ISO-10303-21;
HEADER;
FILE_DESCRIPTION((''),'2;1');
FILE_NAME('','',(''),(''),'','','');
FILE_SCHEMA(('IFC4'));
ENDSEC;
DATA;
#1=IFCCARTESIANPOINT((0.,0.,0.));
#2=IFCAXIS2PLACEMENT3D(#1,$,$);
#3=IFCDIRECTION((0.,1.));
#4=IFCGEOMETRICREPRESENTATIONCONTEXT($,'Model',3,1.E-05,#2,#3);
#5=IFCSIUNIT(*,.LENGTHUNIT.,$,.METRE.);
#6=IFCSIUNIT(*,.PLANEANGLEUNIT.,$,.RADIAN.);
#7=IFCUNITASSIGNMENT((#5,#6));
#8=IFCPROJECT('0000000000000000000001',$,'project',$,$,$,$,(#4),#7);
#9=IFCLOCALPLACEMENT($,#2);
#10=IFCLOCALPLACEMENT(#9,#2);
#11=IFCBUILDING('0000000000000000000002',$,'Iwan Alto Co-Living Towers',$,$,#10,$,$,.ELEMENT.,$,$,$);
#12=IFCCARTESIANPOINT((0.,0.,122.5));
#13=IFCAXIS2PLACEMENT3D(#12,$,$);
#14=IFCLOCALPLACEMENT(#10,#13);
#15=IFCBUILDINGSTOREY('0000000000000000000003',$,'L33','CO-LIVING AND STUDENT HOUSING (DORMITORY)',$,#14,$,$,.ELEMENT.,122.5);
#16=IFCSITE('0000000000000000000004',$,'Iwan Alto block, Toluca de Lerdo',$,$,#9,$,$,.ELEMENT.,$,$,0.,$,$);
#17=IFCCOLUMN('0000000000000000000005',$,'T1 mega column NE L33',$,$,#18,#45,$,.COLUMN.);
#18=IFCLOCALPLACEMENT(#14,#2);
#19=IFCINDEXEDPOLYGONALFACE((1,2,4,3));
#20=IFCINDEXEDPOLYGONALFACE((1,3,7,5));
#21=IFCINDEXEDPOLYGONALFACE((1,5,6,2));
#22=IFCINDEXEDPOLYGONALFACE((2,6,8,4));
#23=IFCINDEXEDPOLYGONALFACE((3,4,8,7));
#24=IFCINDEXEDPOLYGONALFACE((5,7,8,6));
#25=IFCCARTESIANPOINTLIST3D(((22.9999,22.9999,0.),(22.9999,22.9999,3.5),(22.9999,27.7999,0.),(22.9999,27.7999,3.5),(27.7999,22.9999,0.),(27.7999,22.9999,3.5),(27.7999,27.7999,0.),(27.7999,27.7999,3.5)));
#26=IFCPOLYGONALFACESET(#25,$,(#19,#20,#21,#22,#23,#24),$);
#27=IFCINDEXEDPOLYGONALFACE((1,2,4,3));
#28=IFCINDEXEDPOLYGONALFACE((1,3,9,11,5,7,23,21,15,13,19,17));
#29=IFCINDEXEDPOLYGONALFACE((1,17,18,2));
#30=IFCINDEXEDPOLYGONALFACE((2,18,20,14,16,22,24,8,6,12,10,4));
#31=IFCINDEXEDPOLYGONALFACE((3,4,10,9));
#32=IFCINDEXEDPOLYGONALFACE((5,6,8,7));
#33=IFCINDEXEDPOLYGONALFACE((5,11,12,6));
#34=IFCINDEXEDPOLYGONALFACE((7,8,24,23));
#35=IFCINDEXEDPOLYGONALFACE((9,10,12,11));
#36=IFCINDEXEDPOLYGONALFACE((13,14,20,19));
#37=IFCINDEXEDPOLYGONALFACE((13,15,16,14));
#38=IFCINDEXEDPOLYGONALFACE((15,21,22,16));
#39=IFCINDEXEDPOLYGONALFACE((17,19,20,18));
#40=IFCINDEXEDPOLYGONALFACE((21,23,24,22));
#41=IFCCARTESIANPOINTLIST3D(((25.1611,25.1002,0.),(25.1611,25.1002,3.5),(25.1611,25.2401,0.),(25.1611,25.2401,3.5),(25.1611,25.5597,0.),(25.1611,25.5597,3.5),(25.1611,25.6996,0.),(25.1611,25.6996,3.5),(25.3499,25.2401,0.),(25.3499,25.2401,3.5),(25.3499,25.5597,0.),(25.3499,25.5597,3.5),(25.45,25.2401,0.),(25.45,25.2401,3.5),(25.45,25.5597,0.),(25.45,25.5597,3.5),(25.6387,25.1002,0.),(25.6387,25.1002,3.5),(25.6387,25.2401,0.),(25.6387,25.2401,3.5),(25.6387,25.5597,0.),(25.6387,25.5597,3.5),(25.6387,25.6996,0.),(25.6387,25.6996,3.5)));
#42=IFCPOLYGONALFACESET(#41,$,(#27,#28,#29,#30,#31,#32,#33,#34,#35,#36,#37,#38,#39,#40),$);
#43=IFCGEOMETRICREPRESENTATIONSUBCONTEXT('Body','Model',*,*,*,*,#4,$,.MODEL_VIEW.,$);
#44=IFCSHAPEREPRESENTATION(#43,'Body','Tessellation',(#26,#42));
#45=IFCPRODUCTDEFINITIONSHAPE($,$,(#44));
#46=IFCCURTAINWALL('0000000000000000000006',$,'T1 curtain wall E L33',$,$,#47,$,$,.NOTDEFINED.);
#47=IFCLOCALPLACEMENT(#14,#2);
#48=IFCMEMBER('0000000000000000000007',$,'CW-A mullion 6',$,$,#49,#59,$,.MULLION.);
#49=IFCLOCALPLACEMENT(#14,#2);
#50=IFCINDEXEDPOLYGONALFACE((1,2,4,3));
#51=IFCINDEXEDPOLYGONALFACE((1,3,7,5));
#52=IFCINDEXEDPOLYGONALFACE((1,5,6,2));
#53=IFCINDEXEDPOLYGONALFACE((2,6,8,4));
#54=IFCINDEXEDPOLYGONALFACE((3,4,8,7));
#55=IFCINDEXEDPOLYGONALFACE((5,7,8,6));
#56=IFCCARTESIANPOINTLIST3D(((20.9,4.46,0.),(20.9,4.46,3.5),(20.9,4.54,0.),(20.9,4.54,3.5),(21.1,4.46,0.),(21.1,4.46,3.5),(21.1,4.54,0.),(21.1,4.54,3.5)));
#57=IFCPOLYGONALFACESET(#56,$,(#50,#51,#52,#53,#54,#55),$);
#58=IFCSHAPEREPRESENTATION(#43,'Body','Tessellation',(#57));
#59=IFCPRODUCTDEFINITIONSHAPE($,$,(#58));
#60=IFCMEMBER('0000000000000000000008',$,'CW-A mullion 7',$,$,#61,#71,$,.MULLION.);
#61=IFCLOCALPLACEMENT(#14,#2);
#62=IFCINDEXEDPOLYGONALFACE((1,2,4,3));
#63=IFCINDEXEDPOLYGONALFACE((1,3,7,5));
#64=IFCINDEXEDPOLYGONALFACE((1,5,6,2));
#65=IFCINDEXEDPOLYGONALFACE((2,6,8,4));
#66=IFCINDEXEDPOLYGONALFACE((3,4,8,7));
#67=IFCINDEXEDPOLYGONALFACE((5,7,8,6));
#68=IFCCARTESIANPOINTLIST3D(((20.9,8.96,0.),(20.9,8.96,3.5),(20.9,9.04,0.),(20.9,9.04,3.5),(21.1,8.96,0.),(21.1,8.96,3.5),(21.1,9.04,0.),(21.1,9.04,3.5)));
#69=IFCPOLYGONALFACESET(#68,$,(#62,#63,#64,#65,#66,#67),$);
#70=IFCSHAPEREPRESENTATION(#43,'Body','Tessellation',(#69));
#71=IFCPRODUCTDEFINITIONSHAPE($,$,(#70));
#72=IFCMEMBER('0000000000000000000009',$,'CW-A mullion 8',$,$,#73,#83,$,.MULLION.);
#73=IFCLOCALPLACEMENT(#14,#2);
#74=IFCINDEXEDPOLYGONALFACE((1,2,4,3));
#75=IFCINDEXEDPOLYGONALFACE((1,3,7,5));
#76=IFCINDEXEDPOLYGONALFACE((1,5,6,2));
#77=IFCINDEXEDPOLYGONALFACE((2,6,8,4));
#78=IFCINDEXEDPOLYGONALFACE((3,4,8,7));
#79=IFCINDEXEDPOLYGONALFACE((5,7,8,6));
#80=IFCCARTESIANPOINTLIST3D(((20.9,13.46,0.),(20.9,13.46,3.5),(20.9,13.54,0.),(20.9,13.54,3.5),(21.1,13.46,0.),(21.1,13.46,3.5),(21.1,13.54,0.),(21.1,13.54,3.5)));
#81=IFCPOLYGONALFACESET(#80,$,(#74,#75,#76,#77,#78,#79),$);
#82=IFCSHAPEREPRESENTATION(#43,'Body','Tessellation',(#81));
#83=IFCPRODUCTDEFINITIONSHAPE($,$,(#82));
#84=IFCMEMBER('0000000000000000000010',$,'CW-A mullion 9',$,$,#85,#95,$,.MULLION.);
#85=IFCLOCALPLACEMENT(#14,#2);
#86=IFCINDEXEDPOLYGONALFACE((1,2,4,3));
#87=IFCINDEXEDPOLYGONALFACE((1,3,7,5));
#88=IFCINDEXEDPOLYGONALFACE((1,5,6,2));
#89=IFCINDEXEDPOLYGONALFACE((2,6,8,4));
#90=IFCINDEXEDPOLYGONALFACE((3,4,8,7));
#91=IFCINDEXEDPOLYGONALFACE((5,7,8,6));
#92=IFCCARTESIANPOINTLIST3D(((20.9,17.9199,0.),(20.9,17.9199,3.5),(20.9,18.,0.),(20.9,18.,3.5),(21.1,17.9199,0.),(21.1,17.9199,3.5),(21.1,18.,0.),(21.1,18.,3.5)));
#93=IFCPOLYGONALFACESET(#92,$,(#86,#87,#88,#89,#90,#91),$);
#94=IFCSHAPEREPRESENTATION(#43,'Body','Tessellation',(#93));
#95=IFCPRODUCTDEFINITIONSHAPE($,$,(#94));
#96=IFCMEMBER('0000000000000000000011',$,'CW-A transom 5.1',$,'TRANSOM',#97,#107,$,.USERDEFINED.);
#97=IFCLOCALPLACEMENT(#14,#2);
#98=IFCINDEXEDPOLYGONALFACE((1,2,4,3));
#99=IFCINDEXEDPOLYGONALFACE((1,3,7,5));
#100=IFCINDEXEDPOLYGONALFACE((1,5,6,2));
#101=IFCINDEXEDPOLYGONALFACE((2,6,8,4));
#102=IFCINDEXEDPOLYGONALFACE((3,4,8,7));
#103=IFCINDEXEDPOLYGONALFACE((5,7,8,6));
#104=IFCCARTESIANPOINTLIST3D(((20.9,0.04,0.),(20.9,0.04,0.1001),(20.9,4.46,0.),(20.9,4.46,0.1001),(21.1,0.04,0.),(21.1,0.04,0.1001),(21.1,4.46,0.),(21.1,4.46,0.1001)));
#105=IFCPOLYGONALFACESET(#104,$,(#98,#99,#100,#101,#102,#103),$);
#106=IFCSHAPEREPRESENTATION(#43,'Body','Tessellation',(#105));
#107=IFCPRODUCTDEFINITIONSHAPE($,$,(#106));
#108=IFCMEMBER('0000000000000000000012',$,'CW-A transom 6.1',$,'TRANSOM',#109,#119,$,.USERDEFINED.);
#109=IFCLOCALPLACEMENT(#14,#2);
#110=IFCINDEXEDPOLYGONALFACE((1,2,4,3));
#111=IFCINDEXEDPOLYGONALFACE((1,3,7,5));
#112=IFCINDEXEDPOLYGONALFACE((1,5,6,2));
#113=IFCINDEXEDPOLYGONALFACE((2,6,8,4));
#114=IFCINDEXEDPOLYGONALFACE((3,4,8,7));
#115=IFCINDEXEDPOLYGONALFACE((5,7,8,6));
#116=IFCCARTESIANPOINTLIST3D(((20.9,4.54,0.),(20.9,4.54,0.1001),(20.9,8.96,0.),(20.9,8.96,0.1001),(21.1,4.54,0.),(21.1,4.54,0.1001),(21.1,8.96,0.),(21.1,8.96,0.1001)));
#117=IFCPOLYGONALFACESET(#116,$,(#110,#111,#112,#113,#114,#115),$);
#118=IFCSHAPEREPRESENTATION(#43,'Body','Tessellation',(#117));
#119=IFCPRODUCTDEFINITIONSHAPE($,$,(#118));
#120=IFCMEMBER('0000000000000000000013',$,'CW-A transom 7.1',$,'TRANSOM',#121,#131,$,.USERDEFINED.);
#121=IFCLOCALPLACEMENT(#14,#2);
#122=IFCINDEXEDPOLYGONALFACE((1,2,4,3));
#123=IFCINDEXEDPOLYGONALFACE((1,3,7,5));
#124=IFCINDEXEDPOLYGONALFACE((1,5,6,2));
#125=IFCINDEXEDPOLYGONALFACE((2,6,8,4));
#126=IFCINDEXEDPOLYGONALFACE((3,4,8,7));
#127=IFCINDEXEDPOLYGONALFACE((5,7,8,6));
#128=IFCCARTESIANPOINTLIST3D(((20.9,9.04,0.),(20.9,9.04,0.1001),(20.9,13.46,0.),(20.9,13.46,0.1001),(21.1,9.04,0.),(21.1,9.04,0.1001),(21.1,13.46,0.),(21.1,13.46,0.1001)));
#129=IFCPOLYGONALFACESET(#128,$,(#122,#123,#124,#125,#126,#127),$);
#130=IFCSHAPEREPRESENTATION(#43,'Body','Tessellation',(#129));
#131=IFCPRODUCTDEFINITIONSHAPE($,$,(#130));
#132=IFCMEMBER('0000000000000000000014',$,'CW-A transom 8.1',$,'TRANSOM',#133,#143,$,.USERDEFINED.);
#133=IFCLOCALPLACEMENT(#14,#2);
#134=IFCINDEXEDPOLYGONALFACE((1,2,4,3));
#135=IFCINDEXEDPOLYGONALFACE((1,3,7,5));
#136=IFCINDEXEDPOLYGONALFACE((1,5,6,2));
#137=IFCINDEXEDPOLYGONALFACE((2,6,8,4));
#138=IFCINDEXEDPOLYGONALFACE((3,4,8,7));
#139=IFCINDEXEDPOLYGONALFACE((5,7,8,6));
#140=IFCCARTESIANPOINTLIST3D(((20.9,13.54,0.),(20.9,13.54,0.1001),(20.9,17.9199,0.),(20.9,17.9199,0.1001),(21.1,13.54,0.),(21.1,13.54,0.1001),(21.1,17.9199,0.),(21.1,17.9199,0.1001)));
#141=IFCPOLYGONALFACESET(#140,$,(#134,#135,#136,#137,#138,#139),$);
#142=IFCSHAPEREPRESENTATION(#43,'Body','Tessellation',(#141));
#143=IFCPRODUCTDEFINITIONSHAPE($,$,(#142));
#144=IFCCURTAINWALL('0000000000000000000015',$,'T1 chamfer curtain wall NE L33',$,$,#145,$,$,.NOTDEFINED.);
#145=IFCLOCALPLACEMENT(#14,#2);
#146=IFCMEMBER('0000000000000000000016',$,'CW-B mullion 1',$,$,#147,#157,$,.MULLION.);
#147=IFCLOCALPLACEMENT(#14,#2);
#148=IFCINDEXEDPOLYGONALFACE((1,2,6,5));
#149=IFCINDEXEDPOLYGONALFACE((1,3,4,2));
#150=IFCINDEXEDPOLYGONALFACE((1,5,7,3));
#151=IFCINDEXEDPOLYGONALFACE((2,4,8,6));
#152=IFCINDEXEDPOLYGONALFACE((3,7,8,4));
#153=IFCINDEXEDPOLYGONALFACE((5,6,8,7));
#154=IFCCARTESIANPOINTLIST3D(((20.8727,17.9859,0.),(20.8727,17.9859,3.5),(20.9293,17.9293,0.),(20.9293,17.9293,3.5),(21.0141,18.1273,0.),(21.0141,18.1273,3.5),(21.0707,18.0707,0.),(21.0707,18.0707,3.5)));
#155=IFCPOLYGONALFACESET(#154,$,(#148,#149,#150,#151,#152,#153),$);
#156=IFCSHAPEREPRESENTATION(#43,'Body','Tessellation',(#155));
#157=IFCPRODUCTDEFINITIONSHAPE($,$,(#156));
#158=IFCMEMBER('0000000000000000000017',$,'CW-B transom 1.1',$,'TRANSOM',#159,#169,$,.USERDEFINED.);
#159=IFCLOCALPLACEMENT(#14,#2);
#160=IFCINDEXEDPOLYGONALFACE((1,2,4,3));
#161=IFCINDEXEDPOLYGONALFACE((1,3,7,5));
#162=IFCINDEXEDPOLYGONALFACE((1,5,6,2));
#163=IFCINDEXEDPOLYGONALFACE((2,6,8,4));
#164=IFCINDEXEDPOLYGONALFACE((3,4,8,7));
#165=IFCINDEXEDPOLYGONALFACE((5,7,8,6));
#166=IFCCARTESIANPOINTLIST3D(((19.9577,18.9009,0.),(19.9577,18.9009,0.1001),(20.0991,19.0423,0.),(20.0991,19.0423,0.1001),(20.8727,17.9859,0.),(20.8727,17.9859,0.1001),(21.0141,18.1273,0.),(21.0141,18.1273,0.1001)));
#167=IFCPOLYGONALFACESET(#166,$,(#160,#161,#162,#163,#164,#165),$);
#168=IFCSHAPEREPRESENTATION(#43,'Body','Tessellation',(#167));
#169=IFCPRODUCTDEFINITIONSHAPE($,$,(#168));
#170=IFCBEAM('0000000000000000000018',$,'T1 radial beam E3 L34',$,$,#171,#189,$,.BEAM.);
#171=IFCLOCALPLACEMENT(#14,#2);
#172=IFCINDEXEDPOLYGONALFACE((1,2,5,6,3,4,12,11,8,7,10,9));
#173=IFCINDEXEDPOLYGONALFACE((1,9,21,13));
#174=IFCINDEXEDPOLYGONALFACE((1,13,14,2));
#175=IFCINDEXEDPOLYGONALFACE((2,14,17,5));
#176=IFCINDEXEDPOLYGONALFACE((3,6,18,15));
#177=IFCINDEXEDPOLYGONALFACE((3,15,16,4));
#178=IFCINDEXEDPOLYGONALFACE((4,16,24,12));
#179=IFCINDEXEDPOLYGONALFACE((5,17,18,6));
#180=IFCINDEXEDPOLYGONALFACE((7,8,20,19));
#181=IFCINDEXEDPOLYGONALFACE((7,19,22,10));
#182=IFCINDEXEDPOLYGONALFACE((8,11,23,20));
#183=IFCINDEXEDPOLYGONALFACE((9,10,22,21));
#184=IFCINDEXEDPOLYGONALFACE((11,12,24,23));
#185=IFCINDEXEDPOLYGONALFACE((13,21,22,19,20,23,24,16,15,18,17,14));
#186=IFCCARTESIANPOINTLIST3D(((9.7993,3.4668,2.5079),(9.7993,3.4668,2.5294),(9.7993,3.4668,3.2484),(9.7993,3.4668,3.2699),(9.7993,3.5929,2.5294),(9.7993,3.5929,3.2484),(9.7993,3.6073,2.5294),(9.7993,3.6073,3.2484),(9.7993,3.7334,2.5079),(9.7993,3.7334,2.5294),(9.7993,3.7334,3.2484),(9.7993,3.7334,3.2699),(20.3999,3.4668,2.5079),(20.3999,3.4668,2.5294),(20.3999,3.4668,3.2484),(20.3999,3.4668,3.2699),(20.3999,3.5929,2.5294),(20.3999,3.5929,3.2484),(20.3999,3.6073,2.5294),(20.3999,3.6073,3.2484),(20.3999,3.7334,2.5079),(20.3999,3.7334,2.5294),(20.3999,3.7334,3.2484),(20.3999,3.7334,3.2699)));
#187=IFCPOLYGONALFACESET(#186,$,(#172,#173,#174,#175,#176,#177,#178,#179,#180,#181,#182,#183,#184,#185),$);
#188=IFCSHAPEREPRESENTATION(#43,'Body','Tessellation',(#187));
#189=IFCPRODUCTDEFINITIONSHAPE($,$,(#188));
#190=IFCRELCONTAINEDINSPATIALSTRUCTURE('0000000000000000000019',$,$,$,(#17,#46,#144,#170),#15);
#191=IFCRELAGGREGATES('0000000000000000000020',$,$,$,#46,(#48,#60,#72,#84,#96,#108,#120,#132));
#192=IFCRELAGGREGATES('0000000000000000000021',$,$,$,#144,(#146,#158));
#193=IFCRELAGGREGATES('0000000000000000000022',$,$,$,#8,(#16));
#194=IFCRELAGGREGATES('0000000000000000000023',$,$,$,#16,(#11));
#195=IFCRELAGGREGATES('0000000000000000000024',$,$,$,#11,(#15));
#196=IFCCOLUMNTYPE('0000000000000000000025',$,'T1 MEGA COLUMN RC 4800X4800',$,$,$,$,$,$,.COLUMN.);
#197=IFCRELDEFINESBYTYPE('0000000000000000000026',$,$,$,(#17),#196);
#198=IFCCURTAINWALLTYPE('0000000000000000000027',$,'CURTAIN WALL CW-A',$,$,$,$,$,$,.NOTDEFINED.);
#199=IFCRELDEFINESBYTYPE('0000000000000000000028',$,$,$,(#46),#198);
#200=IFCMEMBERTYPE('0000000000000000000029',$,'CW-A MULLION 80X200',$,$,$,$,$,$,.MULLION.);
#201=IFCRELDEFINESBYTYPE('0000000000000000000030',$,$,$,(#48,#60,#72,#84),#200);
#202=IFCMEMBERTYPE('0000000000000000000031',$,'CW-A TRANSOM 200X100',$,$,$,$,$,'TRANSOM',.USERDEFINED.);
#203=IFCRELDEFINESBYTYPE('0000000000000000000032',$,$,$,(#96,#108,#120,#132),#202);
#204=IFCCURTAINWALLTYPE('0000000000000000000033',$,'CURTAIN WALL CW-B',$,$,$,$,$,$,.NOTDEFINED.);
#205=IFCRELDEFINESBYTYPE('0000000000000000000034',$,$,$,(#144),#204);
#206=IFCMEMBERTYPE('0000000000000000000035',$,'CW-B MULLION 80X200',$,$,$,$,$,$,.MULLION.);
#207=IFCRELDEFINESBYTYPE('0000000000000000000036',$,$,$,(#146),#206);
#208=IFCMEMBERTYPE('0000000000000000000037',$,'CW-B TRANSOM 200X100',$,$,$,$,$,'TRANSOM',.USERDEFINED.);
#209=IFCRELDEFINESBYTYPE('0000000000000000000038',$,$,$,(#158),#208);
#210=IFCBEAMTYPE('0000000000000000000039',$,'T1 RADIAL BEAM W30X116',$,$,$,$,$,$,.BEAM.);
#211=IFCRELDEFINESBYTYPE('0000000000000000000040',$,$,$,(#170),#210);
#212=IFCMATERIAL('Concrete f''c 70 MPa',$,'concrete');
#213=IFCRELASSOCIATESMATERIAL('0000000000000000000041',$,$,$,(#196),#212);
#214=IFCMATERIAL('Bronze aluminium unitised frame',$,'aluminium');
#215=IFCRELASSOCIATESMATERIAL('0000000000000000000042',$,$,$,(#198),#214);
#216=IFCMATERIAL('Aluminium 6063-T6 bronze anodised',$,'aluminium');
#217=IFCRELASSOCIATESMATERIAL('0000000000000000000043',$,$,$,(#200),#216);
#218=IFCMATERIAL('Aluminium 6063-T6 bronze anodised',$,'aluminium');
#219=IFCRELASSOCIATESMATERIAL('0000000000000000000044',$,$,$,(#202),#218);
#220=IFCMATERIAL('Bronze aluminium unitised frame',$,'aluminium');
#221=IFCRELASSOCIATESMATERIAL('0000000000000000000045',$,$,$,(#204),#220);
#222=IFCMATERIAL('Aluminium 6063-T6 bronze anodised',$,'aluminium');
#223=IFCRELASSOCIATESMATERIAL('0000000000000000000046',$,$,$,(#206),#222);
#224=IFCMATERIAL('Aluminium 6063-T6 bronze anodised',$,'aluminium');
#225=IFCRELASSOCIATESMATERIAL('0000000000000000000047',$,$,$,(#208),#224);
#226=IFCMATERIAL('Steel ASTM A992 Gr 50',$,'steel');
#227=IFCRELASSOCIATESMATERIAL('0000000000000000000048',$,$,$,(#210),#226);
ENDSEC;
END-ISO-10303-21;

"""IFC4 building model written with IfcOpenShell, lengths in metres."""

from ifc_helpers import new_model, si_unit, direction, frame, origin, origin_2d, place, context, subcontext, project, spatial, rectangle, i_section, extrude, material, material_profile, profile_set, type_object, element, aggregate, save


model = new_model("IFC4")

# Units and contexts
model_context = context("Model", 3, precision=1e-05, world=origin(), true_north=direction((0.0, 1.0)))
body_context = subcontext(model_context, "Body", "Model", "MODEL_VIEW")
ifc_project = project(units=[si_unit("LENGTHUNIT", "METRE"), si_unit("PLANEANGLEUNIT", "RADIAN")], contexts=[model_context])

# Site, building, storey
site_placement = place(None, origin())
site = spatial("IfcSite", under=ifc_project, at=site_placement, Name="Iwan Alto block, Toluca de Lerdo", CompositionType="ELEMENT", RefElevation=0.0)
building_placement = place(site_placement, origin())
building = spatial("IfcBuilding", under=site, at=building_placement, Name="Iwan Alto Co-Living Towers", CompositionType="ELEMENT")
storey_placement = place(building_placement, frame((0.0, 0.0, 122.5)))
storey = spatial("IfcBuildingStorey", under=building, at=storey_placement, Name="L33", Description="CO-LIVING AND STUDENT HOUSING (DORMITORY)", CompositionType="ELEMENT", Elevation=122.5)

# Column
ifc_material_1 = material(Name="Concrete f'c 70 MPa", Category="concrete")
ifc_material_profile_1 = material_profile(ifc_material_1, rectangle(XDim=4.8, YDim=4.8, at=origin_2d()), Name="RC 4800X4800")
ifc_profile_set_1 = profile_set([ifc_material_profile_1], Name="Concrete f'c 70 MPa")
column_type = type_object("IfcColumnType", Name="T1 MEGA COLUMN RC 4800X4800", PredefinedType="COLUMN", material=ifc_profile_set_1)
column_placement = place(storey_placement, frame((25.3999, 25.3999, 0.0), z_axis=(0.0, 0.0, 1.0), x_axis=(1.0, 0.0, 0.0)))
element("IfcColumn", 1, at=column_placement, inside=storey, type_object=column_type, Name="T1 mega column NE L33", PredefinedType="COLUMN", context=body_context, shape_type="SweptSolid", body=[
    extrude(rectangle(XDim=4.8, YDim=4.8, at=origin_2d()), origin(), (0.0, 0.0, 1.0), 3.5),
    extrude(i_section(OverallWidth=0.4775, OverallDepth=0.5994, WebThickness=0.1001, FlangeThickness=0.1399, at=origin_2d()), origin(), (0.0, 0.0, 1.0), 3.5),
])

# Curtain walls, members
ifc_material_2 = material(Name="Bronze aluminium unitised frame", Category="aluminium")
curtain_wall_type_1 = type_object("IfcCurtainWallType", Name="CURTAIN WALL CW-A", PredefinedType="NOTDEFINED", material=ifc_material_2)
curtain_wall_1_placement = place(storey_placement, origin())
curtain_wall_1 = element("IfcCurtainWall", 2, at=curtain_wall_1_placement, inside=storey, type_object=curtain_wall_type_1, Name="T1 curtain wall E L33", PredefinedType="NOTDEFINED")
ifc_material_3 = material(Name="Aluminium 6063-T6 bronze anodised", Category="aluminium")
ifc_material_profile_2 = material_profile(ifc_material_3, rectangle(XDim=0.2, YDim=0.0801, at=origin_2d()), Name="AL 80X200")
ifc_profile_set_2 = profile_set([ifc_material_profile_2], Name="Aluminium 6063-T6 bronze anodised")
member_type_1 = type_object("IfcMemberType", Name="CW-A MULLION 80X200", PredefinedType="MULLION", material=ifc_profile_set_2)
member_1_placement = place(storey_placement, frame((21.0, 4.5, 0.0), z_axis=(0.0, 0.0, 1.0), x_axis=(-1.0, 0.0, 0.0)))
member_1 = element("IfcMember", 3, at=member_1_placement, type_object=member_type_1, Name="CW-A mullion 6", PredefinedType="MULLION", context=body_context, shape_type="SweptSolid", body=[
    extrude(rectangle(XDim=0.2, YDim=0.0801, at=origin_2d()), origin(), (0.0, 0.0, 1.0), 3.5),
])
member_2_placement = place(storey_placement, frame((21.0, 9.0, 0.0), z_axis=(0.0, 0.0, 1.0), x_axis=(-1.0, 0.0, 0.0)))
member_2 = element("IfcMember", 4, at=member_2_placement, type_object=member_type_1, Name="CW-A mullion 7", PredefinedType="MULLION", context=body_context, shape_type="SweptSolid", body=[
    extrude(rectangle(XDim=0.2, YDim=0.0801, at=origin_2d()), origin(), (0.0, 0.0, 1.0), 3.5),
])
member_3_placement = place(storey_placement, frame((21.0, 13.5, 0.0), z_axis=(0.0, 0.0, 1.0), x_axis=(-1.0, 0.0, 0.0)))
member_3 = element("IfcMember", 5, at=member_3_placement, type_object=member_type_1, Name="CW-A mullion 8", PredefinedType="MULLION", context=body_context, shape_type="SweptSolid", body=[
    extrude(rectangle(XDim=0.2, YDim=0.0801, at=origin_2d()), origin(), (0.0, 0.0, 1.0), 3.5),
])
member_4_placement = place(storey_placement, frame((21.0, 17.96, 0.0), z_axis=(0.0, 0.0, 1.0), x_axis=(-1.0, 0.0, 0.0)))
member_4 = element("IfcMember", 6, at=member_4_placement, type_object=member_type_1, Name="CW-A mullion 9", PredefinedType="MULLION", context=body_context, shape_type="SweptSolid", body=[
    extrude(rectangle(XDim=0.2, YDim=0.0801, at=origin_2d()), origin(), (0.0, 0.0, 1.0), 3.5),
])
ifc_material_4 = material(Name="Aluminium 6063-T6 bronze anodised", Category="aluminium")
ifc_material_profile_3 = material_profile(ifc_material_4, rectangle(XDim=0.2, YDim=0.1001, at=origin_2d()), Name="AL 200X100")
ifc_profile_set_3 = profile_set([ifc_material_profile_3], Name="Aluminium 6063-T6 bronze anodised")
member_type_2 = type_object("IfcMemberType", Name="CW-A TRANSOM 200X100", ElementType="TRANSOM", PredefinedType="USERDEFINED", material=ifc_profile_set_3)
member_5_placement = place(storey_placement, frame((21.0, 0.04, 0.05), z_axis=(0.0, 1.0, 0.0), x_axis=(-1.0, 0.0, 0.0)))
member_5 = element("IfcMember", 7, at=member_5_placement, type_object=member_type_2, Name="CW-A transom 5.1", ObjectType="TRANSOM", PredefinedType="USERDEFINED", context=body_context, shape_type="SweptSolid", body=[
    extrude(rectangle(XDim=0.2, YDim=0.1001, at=origin_2d()), origin(), (0.0, 0.0, 1.0), 4.4199),
])
member_6_placement = place(storey_placement, frame((21.0, 4.54, 0.05), z_axis=(0.0, 1.0, 0.0), x_axis=(-1.0, 0.0, 0.0)))
member_6 = element("IfcMember", 8, at=member_6_placement, type_object=member_type_2, Name="CW-A transom 6.1", ObjectType="TRANSOM", PredefinedType="USERDEFINED", context=body_context, shape_type="SweptSolid", body=[
    extrude(rectangle(XDim=0.2, YDim=0.1001, at=origin_2d()), origin(), (0.0, 0.0, 1.0), 4.4199),
])
member_7_placement = place(storey_placement, frame((21.0, 9.04, 0.05), z_axis=(0.0, 1.0, 0.0), x_axis=(-1.0, 0.0, 0.0)))
member_7 = element("IfcMember", 9, at=member_7_placement, type_object=member_type_2, Name="CW-A transom 7.1", ObjectType="TRANSOM", PredefinedType="USERDEFINED", context=body_context, shape_type="SweptSolid", body=[
    extrude(rectangle(XDim=0.2, YDim=0.1001, at=origin_2d()), origin(), (0.0, 0.0, 1.0), 4.4199),
])
member_8_placement = place(storey_placement, frame((21.0, 13.54, 0.05), z_axis=(0.0, 1.0, 0.0), x_axis=(-1.0, 0.0, 0.0)))
member_8 = element("IfcMember", 10, at=member_8_placement, type_object=member_type_2, Name="CW-A transom 8.1", ObjectType="TRANSOM", PredefinedType="USERDEFINED", context=body_context, shape_type="SweptSolid", body=[
    extrude(rectangle(XDim=0.2, YDim=0.1001, at=origin_2d()), origin(), (0.0, 0.0, 1.0), 4.3799),
])
ifc_material_5 = material(Name="Bronze aluminium unitised frame", Category="aluminium")
curtain_wall_type_2 = type_object("IfcCurtainWallType", Name="CURTAIN WALL CW-B", PredefinedType="NOTDEFINED", material=ifc_material_5)
curtain_wall_2_placement = place(storey_placement, origin())
curtain_wall_2 = element("IfcCurtainWall", 11, at=curtain_wall_2_placement, inside=storey, type_object=curtain_wall_type_2, Name="T1 chamfer curtain wall NE L33", PredefinedType="NOTDEFINED")
ifc_material_6 = material(Name="Aluminium 6063-T6 bronze anodised", Category="aluminium")
ifc_material_profile_4 = material_profile(ifc_material_6, rectangle(XDim=0.2, YDim=0.0801, at=origin_2d()), Name="AL 80X200")
ifc_profile_set_4 = profile_set([ifc_material_profile_4], Name="Aluminium 6063-T6 bronze anodised")
member_type_3 = type_object("IfcMemberType", Name="CW-B MULLION 80X200", PredefinedType="MULLION", material=ifc_profile_set_4)
member_9_placement = place(storey_placement, frame((20.9717, 18.0283, 0.0), z_axis=(0.0, 0.0, 1.0), x_axis=(-0.707107, -0.707107, 0.0)))
member_9 = element("IfcMember", 12, at=member_9_placement, type_object=member_type_3, Name="CW-B mullion 1", PredefinedType="MULLION", context=body_context, shape_type="SweptSolid", body=[
    extrude(rectangle(XDim=0.2, YDim=0.0801, at=origin_2d()), origin(), (0.0, 0.0, 1.0), 3.5),
])
ifc_material_7 = material(Name="Aluminium 6063-T6 bronze anodised", Category="aluminium")
ifc_material_profile_5 = material_profile(ifc_material_7, rectangle(XDim=0.2, YDim=0.1001, at=origin_2d()), Name="AL 200X100")
ifc_profile_set_5 = profile_set([ifc_material_profile_5], Name="Aluminium 6063-T6 bronze anodised")
member_type_4 = type_object("IfcMemberType", Name="CW-B TRANSOM 200X100", ElementType="TRANSOM", PredefinedType="USERDEFINED", material=ifc_profile_set_5)
member_10_placement = place(storey_placement, frame((20.9434, 18.0566, 0.05), z_axis=(-0.707107, 0.707107, 0.0), x_axis=(-0.707107, -0.707107, 0.0)))
member_10 = element("IfcMember", 13, at=member_10_placement, type_object=member_type_4, Name="CW-B transom 1.1", ObjectType="TRANSOM", PredefinedType="USERDEFINED", context=body_context, shape_type="SweptSolid", body=[
    extrude(rectangle(XDim=0.2, YDim=0.1001, at=origin_2d()), origin(), (0.0, 0.0, 1.0), 1.2939),
])

# Beam
ifc_material_8 = material(Name="Steel ASTM A992 Gr 50", Category="steel")
ifc_material_profile_6 = material_profile(ifc_material_8, i_section(OverallWidth=0.2666, OverallDepth=0.762, WebThickness=0.0144, FlangeThickness=0.0215, at=origin_2d()), Name="W30X116")
ifc_profile_set_6 = profile_set([ifc_material_profile_6], Name="Steel ASTM A992 Gr 50")
beam_type_1 = type_object("IfcBeamType", Name="T1 RADIAL BEAM W30X116", PredefinedType="BEAM", material=ifc_profile_set_6)
beam_1_placement = place(storey_placement, frame((20.3999, 3.6001, 2.8889), z_axis=(-1.0, 0.0, 0.0), x_axis=(0.0, -1.0, 0.0)))
element("IfcBeam", 14, at=beam_1_placement, inside=storey, type_object=beam_type_1, Name="T1 radial beam E3 L34", PredefinedType="BEAM", context=body_context, shape_type="SweptSolid", body=[
    extrude(i_section(OverallWidth=0.2666, OverallDepth=0.762, WebThickness=0.0144, FlangeThickness=0.0215, at=origin_2d()), origin(), (0.0, 0.0, 1.0), 10.6006),
])

aggregate(curtain_wall_1, [member_1, member_2, member_3, member_4, member_5, member_6, member_7, member_8])
aggregate(curtain_wall_2, [member_9, member_10])

save(model, "model.ifc")
